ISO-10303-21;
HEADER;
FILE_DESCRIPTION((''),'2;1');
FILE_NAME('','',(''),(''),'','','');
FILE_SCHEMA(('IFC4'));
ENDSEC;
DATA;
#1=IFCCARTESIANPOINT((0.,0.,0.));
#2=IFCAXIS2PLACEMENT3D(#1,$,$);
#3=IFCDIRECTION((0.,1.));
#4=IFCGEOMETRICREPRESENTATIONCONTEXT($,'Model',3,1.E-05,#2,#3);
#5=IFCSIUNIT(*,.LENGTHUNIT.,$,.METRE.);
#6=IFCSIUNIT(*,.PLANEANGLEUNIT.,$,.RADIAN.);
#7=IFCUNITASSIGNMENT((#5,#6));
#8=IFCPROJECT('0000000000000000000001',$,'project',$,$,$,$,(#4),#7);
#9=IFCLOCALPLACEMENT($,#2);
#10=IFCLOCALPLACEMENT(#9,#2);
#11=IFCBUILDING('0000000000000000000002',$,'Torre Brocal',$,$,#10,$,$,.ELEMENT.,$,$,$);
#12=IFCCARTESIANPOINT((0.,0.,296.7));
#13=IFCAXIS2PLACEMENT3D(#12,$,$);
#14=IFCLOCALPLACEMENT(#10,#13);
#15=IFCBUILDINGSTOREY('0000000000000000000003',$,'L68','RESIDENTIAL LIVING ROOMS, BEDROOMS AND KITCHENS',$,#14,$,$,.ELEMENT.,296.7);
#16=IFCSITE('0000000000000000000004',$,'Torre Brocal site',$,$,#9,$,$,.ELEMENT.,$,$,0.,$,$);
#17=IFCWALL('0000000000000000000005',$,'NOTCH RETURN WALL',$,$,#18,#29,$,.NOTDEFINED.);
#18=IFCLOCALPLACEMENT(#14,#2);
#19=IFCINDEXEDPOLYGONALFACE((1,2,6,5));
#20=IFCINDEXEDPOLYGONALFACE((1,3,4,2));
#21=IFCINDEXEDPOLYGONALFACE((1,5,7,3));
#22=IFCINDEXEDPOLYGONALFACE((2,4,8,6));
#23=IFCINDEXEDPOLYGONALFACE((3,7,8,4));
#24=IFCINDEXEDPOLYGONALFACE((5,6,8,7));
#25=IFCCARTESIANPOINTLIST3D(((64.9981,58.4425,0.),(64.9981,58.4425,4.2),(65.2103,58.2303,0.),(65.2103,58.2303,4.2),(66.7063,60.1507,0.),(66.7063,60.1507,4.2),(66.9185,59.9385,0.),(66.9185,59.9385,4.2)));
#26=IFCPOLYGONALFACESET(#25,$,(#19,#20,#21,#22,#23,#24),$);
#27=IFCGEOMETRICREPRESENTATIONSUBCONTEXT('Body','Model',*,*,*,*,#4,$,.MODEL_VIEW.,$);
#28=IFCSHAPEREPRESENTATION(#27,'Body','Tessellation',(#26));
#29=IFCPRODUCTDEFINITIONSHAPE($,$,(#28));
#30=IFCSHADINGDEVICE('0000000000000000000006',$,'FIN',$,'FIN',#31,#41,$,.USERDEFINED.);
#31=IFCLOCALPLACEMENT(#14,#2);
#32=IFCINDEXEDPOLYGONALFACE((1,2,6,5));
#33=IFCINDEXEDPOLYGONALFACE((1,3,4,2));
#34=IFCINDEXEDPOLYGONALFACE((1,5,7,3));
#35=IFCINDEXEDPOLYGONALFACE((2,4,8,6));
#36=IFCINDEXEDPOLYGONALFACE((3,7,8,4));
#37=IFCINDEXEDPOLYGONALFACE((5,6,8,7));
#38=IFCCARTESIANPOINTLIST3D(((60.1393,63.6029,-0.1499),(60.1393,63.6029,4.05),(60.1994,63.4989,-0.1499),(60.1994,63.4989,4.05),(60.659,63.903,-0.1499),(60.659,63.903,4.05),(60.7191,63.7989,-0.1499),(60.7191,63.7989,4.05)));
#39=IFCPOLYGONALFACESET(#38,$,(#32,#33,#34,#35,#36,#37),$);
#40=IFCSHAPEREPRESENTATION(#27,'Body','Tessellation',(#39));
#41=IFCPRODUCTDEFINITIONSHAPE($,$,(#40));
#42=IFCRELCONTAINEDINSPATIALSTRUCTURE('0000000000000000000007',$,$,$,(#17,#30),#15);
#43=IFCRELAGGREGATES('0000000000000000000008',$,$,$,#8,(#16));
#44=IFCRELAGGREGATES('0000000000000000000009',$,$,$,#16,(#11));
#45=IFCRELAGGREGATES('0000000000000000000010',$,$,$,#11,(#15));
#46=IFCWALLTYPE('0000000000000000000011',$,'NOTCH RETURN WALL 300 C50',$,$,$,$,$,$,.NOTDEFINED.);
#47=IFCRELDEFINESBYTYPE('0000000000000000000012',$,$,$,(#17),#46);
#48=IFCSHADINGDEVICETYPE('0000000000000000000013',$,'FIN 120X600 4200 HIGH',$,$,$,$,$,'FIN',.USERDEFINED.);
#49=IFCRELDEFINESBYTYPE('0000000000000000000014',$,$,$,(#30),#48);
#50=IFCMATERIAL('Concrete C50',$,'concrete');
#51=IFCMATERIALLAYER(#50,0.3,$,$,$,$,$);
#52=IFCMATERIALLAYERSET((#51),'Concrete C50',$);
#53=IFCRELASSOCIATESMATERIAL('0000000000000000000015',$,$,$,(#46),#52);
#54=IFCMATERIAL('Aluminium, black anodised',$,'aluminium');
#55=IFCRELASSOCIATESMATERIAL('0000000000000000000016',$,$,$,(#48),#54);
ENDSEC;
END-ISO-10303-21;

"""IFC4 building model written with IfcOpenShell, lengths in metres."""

from ifc_helpers import new_model, si_unit, direction, frame, frame_2d, origin, origin_2d, place, context, subcontext, project, spatial, rectangle, extrude, material, layer, layer_set, material_profile, profile_set, type_object, element, save


model = new_model("IFC4")

# Units and contexts
model_context = context("Model", 3, precision=1e-05, world=origin(), true_north=direction((0.0, 1.0)))
body_context = subcontext(model_context, "Body", "Model", "MODEL_VIEW")
ifc_project = project(units=[si_unit("LENGTHUNIT", "METRE"), si_unit("PLANEANGLEUNIT", "RADIAN")], contexts=[model_context])

# Site, building, storey
site_placement = place(None, origin())
site = spatial("IfcSite", under=ifc_project, at=site_placement, Name="Torre Brocal site", CompositionType="ELEMENT", RefElevation=0.0)
building_placement = place(site_placement, origin())
building = spatial("IfcBuilding", under=site, at=building_placement, Name="Torre Brocal", CompositionType="ELEMENT")
storey_placement = place(building_placement, frame((0.0, 0.0, 296.7)))
storey = spatial("IfcBuildingStorey", under=building, at=storey_placement, Name="L68", Description="RESIDENTIAL LIVING ROOMS, BEDROOMS AND KITCHENS", CompositionType="ELEMENT", Elevation=296.7)

# Wall
ifc_material_1 = material(Name="Concrete C50", Category="concrete")
ifc_layer_1 = layer(ifc_material_1, 0.3)
ifc_layer_set_1 = layer_set([ifc_layer_1], Name="Concrete C50")
wall_type = type_object("IfcWallType", Name="NOTCH RETURN WALL 300 C50", PredefinedType="NOTDEFINED", material=ifc_layer_set_1)
for number, where, z_axis, x_axis, name in (
    (1, (66.8125, 60.0447, 0.0), (0.0, 0.0, 1.0), (-0.707107, -0.707107, 0.0), "NOTCH RETURN WALL"),
):
    element("IfcWall", number, at=place(storey_placement, frame(where, z_axis=z_axis, x_axis=x_axis)), inside=storey, type_object=wall_type, Name=name, PredefinedType="NOTDEFINED", context=body_context, shape_type="SweptSolid", body=[
        extrude(rectangle(XDim=2.4158, YDim=0.3, at=frame_2d((1.208, 0.0))), origin(), (0.0, 0.0, 1.0), 4.2),
    ])

# Shading device
ifc_material_2 = material(Name="Aluminium, black anodised", Category="aluminium")
ifc_material_profile_1 = material_profile(ifc_material_2, rectangle(XDim=0.1201, YDim=0.6001, at=origin_2d()), Name="FIN 120X600 4200 HIGH")
ifc_profile_set_1 = profile_set([ifc_material_profile_1], Name="Aluminium, black anodised")
shading_device_type = type_object("IfcShadingDeviceType", Name="FIN 120X600 4200 HIGH", ElementType="FIN", PredefinedType="USERDEFINED", material=ifc_profile_set_1)
shading_device_placement = place(storey_placement, frame((60.4292, 63.7009, -0.1499), z_axis=(0.0, 0.0, 1.0), x_axis=(0.5, -0.866025, 0.0)))
element("IfcShadingDevice", 2, at=shading_device_placement, inside=storey, type_object=shading_device_type, Name="FIN", ObjectType="FIN", PredefinedType="USERDEFINED", context=body_context, shape_type="SweptSolid", body=[
    extrude(rectangle(XDim=0.1201, YDim=0.6001, at=origin_2d()), origin(), (0.0, 0.0, 1.0), 4.2),
])

save(model, "model.ifc")
